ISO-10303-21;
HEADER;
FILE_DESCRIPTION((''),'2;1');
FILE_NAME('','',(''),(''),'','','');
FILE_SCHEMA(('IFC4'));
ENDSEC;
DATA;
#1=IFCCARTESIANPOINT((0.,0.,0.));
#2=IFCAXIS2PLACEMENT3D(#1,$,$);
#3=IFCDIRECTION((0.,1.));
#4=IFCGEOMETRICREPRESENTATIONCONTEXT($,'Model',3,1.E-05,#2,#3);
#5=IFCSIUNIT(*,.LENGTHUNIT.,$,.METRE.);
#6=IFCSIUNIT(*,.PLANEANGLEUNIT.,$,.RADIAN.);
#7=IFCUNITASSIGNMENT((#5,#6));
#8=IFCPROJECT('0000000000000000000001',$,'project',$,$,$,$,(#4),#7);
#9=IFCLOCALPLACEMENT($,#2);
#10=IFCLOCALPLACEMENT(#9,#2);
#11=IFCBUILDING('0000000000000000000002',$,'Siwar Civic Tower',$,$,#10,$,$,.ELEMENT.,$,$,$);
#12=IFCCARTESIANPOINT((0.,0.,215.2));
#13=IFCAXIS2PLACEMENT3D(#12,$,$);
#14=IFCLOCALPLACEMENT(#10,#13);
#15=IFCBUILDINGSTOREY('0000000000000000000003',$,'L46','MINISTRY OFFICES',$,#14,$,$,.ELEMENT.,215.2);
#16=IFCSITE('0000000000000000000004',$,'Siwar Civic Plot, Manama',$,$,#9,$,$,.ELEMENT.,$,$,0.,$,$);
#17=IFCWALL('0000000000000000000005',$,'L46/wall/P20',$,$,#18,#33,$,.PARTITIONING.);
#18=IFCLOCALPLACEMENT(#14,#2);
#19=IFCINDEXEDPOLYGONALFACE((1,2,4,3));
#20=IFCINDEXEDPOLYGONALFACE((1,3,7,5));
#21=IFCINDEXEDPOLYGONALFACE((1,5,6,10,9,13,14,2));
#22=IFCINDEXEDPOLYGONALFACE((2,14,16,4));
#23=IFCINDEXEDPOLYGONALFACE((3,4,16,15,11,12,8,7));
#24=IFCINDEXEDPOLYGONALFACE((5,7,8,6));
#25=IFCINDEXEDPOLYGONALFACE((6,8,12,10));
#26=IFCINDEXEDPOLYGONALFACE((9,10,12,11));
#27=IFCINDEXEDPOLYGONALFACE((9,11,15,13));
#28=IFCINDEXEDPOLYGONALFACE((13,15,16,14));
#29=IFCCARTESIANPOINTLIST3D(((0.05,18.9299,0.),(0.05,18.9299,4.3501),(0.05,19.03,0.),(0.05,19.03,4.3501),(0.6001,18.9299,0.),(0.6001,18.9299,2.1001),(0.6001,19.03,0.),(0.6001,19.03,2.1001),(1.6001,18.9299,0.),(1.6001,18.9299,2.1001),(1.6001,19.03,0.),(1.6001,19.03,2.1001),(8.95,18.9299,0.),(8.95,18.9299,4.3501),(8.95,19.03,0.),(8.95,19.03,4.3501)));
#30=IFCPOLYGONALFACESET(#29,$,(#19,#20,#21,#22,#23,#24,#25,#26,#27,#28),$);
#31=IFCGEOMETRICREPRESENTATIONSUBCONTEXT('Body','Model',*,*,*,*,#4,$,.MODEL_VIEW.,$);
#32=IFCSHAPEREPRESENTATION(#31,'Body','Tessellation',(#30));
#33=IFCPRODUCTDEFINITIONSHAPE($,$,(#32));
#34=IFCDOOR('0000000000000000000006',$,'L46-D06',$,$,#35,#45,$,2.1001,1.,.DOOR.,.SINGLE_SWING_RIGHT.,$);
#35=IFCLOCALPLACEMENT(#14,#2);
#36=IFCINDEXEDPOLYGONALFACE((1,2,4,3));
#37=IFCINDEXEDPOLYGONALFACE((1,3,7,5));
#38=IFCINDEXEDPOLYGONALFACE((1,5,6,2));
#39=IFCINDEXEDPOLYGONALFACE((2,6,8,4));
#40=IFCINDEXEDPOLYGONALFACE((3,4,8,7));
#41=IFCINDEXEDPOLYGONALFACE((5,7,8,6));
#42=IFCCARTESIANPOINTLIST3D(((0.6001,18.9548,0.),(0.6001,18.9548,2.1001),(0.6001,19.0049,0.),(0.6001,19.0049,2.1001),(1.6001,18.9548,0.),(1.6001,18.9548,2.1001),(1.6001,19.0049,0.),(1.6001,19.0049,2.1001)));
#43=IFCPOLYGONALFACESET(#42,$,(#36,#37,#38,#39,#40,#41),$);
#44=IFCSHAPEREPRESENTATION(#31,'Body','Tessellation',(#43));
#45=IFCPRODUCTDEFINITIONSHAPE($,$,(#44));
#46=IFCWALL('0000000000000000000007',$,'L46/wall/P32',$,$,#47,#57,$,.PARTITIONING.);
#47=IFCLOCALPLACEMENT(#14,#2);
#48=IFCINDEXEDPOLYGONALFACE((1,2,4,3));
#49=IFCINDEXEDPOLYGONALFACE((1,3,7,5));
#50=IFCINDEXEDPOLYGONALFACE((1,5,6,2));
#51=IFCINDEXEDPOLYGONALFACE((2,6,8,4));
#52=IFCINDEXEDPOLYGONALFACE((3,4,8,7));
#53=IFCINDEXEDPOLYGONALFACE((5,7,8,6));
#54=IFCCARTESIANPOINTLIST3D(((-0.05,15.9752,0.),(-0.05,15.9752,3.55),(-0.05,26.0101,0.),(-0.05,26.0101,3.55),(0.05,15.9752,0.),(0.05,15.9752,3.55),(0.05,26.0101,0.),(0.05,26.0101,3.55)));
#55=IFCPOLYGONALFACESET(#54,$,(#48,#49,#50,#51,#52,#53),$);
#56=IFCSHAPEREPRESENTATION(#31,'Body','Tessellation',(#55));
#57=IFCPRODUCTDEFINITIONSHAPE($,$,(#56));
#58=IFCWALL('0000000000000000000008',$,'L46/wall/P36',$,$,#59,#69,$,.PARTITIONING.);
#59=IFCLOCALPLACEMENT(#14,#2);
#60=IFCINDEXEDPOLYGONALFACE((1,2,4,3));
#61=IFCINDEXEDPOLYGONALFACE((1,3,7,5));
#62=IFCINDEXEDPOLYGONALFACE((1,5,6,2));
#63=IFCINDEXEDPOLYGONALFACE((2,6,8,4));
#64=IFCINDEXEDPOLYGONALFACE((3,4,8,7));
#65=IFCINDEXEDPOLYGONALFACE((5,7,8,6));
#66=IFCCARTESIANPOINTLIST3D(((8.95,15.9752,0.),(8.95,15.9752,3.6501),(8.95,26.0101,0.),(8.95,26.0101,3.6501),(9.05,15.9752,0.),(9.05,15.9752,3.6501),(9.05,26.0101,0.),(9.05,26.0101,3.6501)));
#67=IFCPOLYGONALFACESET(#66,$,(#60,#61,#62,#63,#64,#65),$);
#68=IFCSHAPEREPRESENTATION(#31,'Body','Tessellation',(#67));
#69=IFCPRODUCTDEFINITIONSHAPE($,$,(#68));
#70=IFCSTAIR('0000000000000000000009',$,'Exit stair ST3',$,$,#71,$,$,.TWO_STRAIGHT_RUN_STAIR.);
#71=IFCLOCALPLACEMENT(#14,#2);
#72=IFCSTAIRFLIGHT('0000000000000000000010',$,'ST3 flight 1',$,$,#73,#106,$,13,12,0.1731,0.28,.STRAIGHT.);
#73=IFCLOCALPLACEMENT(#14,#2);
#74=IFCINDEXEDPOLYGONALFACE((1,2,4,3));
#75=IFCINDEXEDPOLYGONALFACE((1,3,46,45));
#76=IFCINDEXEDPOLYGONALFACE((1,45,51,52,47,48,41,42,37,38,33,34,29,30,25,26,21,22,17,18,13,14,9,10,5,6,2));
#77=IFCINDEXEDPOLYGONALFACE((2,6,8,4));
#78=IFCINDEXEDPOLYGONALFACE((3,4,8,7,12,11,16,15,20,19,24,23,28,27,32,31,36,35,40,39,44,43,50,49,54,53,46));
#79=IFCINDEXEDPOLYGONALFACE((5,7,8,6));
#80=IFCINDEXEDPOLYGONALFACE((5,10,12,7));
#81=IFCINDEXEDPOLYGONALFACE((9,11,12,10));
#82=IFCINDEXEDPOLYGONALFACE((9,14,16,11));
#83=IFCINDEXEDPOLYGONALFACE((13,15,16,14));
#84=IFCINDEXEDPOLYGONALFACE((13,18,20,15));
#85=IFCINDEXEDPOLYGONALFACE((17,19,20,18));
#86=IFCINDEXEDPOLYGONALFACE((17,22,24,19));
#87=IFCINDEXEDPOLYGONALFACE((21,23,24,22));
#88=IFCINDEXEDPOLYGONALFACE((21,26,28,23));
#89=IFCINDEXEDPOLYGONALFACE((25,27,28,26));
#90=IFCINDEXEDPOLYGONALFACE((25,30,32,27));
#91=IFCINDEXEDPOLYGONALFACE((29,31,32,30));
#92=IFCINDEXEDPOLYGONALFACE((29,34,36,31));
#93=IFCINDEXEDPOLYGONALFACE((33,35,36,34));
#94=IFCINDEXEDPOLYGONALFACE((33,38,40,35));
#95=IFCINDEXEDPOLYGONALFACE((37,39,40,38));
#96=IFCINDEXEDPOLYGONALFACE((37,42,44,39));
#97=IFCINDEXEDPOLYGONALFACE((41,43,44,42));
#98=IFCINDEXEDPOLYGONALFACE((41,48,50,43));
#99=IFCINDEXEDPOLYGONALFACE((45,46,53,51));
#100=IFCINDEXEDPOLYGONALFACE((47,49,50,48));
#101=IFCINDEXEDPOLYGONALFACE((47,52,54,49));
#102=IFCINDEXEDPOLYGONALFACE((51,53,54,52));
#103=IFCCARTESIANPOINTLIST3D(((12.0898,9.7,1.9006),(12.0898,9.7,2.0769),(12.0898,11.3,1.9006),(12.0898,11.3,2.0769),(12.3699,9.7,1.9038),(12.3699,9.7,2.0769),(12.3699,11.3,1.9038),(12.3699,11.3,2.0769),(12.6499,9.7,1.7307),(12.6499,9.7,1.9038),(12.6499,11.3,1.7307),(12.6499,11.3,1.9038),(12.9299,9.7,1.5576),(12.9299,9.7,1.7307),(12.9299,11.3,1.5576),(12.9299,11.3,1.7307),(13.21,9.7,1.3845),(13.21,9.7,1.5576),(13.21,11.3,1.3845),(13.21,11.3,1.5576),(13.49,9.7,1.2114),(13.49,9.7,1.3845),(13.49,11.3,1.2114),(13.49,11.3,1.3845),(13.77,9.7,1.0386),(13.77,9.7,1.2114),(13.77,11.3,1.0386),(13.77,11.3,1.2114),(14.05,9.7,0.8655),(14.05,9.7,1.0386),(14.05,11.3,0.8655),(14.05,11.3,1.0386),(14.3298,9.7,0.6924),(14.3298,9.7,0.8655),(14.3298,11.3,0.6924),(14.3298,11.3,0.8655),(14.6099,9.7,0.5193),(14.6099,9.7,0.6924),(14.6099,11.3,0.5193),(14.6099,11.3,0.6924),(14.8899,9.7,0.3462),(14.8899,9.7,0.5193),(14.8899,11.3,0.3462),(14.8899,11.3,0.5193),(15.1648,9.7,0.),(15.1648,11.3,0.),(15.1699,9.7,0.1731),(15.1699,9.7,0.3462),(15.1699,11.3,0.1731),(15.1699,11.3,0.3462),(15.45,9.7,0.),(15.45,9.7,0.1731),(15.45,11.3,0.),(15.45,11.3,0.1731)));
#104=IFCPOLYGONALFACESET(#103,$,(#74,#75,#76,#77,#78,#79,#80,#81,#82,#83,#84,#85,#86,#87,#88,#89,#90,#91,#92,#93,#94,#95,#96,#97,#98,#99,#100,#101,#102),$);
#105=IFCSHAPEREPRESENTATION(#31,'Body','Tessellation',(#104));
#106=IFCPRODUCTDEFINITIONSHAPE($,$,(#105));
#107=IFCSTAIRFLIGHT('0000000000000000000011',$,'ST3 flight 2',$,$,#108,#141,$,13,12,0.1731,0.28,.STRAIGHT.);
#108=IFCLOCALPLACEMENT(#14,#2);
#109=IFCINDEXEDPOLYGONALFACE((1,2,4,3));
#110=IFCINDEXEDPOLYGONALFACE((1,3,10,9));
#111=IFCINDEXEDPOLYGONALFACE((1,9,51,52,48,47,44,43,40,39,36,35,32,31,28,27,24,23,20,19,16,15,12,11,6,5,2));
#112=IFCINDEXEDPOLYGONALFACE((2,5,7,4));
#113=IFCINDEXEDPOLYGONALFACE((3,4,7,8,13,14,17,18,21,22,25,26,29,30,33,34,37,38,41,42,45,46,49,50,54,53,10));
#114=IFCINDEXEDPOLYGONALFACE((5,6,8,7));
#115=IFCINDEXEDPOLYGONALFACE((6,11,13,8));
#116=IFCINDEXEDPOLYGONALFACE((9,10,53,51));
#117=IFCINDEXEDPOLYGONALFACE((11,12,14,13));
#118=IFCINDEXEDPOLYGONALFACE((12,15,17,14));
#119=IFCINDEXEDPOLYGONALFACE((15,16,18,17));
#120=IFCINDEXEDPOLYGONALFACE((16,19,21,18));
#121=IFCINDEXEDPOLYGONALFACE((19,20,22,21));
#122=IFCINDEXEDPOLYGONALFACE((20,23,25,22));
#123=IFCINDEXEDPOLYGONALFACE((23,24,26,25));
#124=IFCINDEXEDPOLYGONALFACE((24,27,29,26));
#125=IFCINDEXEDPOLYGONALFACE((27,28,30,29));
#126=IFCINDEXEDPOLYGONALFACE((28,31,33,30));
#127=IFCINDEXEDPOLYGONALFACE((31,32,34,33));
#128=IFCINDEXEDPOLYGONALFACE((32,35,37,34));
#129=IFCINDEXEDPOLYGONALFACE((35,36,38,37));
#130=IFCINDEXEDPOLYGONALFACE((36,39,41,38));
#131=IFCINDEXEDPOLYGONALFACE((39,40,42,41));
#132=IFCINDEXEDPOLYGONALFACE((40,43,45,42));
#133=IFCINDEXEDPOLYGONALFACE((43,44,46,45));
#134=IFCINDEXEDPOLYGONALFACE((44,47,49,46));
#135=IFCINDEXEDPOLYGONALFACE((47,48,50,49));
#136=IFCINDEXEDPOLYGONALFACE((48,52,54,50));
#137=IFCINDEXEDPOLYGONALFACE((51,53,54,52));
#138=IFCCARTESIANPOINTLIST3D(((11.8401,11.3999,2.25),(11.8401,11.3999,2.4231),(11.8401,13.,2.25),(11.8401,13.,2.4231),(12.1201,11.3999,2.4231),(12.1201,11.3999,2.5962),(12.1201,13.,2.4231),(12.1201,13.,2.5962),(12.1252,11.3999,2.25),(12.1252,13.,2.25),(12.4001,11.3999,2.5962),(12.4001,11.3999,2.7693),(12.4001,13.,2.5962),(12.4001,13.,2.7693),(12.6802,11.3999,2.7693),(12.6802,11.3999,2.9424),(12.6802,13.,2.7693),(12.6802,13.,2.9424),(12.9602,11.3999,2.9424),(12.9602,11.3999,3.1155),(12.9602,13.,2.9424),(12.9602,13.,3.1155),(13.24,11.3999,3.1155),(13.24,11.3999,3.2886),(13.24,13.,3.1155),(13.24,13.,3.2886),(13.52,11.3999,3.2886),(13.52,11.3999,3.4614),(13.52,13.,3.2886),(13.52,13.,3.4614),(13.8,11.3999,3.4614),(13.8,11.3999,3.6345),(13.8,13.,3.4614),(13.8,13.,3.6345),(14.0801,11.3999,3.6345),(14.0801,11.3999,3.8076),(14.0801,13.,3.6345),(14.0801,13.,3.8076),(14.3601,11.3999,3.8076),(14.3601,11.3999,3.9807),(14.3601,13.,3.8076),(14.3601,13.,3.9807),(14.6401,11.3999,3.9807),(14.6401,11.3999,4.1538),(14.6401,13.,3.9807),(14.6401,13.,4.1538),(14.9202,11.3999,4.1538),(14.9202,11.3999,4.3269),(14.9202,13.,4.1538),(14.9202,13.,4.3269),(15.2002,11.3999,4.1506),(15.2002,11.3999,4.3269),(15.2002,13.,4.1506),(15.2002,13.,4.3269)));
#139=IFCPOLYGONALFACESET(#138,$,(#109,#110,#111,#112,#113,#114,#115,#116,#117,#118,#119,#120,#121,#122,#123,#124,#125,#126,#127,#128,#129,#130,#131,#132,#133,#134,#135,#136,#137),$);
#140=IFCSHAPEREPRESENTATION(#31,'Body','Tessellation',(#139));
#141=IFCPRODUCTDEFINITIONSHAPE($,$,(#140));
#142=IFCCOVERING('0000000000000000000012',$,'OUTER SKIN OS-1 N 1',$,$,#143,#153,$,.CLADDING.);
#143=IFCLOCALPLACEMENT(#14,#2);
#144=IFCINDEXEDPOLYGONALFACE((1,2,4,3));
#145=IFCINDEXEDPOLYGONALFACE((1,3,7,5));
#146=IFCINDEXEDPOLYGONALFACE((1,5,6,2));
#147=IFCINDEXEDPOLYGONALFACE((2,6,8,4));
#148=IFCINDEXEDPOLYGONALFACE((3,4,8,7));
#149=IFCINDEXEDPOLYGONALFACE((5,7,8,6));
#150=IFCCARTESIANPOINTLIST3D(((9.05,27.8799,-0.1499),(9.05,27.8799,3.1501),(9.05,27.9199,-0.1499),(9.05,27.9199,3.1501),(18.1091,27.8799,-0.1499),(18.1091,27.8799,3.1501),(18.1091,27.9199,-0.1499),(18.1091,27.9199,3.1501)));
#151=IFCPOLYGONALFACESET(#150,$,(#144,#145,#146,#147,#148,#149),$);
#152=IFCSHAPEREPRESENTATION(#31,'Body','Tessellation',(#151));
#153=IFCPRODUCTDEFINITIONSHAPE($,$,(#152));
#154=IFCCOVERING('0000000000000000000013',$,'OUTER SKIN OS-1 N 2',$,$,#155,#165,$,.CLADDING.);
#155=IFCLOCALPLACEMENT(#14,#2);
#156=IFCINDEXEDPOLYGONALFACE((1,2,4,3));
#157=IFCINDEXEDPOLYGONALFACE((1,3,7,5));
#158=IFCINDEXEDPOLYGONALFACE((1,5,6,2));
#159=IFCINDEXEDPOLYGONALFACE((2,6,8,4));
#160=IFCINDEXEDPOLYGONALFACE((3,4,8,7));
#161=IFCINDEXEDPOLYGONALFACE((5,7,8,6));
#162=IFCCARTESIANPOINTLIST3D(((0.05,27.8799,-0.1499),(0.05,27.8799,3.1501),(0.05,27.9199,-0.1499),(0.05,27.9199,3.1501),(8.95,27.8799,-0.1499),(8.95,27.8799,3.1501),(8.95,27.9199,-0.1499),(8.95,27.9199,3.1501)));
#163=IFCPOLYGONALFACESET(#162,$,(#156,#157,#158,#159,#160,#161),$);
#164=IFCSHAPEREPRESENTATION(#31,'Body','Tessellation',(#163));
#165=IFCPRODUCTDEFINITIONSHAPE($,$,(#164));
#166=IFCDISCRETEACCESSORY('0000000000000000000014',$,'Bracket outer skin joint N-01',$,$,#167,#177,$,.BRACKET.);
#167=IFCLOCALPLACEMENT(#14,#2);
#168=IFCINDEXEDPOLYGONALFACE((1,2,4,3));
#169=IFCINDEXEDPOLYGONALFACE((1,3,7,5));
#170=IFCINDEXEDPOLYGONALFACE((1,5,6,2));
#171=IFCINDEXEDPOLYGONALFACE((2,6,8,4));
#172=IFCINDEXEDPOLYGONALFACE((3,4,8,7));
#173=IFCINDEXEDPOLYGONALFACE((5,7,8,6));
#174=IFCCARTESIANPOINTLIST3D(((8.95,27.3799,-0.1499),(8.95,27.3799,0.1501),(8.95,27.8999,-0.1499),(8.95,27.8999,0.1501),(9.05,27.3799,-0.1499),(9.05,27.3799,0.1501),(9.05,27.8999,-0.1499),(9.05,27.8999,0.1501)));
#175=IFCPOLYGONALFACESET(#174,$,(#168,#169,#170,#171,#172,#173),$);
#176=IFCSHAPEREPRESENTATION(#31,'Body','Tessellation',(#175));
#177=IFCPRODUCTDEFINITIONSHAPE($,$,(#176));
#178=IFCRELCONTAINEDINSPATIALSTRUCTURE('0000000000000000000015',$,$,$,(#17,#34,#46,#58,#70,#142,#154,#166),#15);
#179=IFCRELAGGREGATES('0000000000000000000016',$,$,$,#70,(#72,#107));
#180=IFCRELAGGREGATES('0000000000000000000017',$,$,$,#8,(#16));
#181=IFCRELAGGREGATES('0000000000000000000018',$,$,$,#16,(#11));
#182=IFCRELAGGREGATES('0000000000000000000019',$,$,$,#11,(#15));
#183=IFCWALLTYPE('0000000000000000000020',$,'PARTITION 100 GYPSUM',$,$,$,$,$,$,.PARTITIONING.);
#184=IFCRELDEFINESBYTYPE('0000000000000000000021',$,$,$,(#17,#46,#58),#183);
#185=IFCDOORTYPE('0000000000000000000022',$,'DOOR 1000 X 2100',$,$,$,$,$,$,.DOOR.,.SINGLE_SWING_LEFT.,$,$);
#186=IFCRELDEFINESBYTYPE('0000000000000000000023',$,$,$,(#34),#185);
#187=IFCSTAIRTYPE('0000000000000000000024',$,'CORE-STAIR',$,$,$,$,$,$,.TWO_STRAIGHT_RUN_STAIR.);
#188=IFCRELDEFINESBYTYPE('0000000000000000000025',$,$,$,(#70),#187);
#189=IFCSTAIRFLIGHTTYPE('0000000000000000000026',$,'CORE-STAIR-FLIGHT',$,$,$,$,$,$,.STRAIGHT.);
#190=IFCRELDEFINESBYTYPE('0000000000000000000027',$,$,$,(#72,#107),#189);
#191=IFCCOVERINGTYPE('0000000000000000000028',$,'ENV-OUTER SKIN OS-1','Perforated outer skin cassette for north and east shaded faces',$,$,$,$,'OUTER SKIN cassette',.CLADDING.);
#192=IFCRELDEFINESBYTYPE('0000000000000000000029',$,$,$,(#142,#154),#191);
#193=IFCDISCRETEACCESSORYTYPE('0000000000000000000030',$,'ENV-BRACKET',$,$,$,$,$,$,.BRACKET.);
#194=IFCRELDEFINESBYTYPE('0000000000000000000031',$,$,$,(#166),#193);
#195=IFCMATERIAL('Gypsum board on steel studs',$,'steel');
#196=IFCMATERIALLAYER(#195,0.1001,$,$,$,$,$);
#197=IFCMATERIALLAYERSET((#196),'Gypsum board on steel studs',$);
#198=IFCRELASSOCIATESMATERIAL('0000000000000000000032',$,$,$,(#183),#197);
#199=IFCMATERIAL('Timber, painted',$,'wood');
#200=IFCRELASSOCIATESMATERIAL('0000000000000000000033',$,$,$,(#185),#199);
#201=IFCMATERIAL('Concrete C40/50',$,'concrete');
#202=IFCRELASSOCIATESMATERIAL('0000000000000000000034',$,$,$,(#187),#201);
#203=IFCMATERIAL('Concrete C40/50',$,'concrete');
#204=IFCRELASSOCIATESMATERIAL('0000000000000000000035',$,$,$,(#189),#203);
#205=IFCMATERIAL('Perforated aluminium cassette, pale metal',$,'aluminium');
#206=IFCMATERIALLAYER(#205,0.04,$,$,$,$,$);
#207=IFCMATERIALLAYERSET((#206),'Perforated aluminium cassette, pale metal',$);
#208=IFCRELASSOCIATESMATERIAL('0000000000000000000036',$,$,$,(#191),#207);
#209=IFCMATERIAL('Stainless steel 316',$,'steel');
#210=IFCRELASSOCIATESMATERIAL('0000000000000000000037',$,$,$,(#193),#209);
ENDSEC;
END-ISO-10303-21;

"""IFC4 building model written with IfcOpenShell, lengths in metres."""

from ifc_helpers import new_model, si_unit, direction, frame, frame_2d, origin, origin_2d, place, context, subcontext, project, spatial, polyline, rectangle, outline, extrude, material, layer, layer_set, type_object, element, fill, aggregate, save


model = new_model("IFC4")

# Units and contexts
model_context = context("Model", 3, precision=1e-05, world=origin(), true_north=direction((0.0, 1.0)))
body_context = subcontext(model_context, "Body", "Model", "MODEL_VIEW")
ifc_project = project(units=[si_unit("LENGTHUNIT", "METRE"), si_unit("PLANEANGLEUNIT", "RADIAN")], contexts=[model_context])

# Site, building, storey
site_placement = place(None, origin())
site = spatial("IfcSite", under=ifc_project, at=site_placement, Name="Siwar Civic Plot, Manama", CompositionType="ELEMENT", RefElevation=0.0)
building_placement = place(site_placement, origin())
building = spatial("IfcBuilding", under=site, at=building_placement, Name="Siwar Civic Tower", CompositionType="ELEMENT")
storey_placement = place(building_placement, frame((0.0, 0.0, 215.2)))
storey = spatial("IfcBuildingStorey", under=building, at=storey_placement, Name="L46", Description="MINISTRY OFFICES", CompositionType="ELEMENT", Elevation=215.2)

# Wall, opening, door
ifc_material_1 = material(Name="Gypsum board on steel studs", Category="steel")
ifc_layer_1 = layer(ifc_material_1, 0.1001)
ifc_layer_set_1 = layer_set([ifc_layer_1], Name="Gypsum board on steel studs")
wall_type_1 = type_object("IfcWallType", Name="PARTITION 100 GYPSUM", PredefinedType="PARTITIONING", material=ifc_layer_set_1)
ifc_material_2 = material(Name="Timber, painted", Category="wood")
door_type = type_object("IfcDoorType", Name="DOOR 1000 X 2100", OperationType="SINGLE_SWING_LEFT", PredefinedType="DOOR", material=ifc_material_2)
wall_1_placement = place(storey_placement, frame((0.05, 18.98, 0.0), z_axis=(0.0, 0.0, 1.0), x_axis=(1.0, 0.0, 0.0)))
wall_1 = element("IfcWall", 1, at=wall_1_placement, inside=storey, type_object=wall_type_1, Name="L46/wall/P20", PredefinedType="PARTITIONING", context=body_context, shape_type="SweptSolid", body=[
    extrude(rectangle(XDim=8.8999, YDim=0.1001, at=frame_2d((4.45, 0.0))), origin(), (0.0, 0.0, 1.0), 4.3501),
])
opening_1_placement = place(wall_1_placement, frame((0.55, 0.0, 0.0)))
opening_1 = element("IfcOpeningElement", 2, at=opening_1_placement, cuts=wall_1, PredefinedType="OPENING", context=body_context, shape_type="SweptSolid", body=[
    extrude(rectangle(XDim=1.0, YDim=2.1001, at=frame_2d((0.5, 1.05))), frame((0.0, 0.0601, 0.0), z_axis=(0.0, -1.0, 0.0), x_axis=(1.0, 0.0, 0.0)), (0.0, 0.0, 1.0), 0.1201),
])
door_1_placement = place(opening_1_placement, origin())
door_1 = element("IfcDoor", 3, at=door_1_placement, inside=storey, type_object=door_type, Name="L46-D06", OperationType="SINGLE_SWING_RIGHT", OverallHeight=2.1001, OverallWidth=1.0, PredefinedType="DOOR", context=body_context, shape_type="SweptSolid", body=[
    extrude(rectangle(XDim=1.0, YDim=2.1001, at=frame_2d((0.5, 1.05))), frame((0.0, 0.0249, 0.0), z_axis=(0.0, -1.0, 0.0), x_axis=(1.0, 0.0, 0.0)), (0.0, 0.0, 1.0), 0.05),
])
fill(opening_1, door_1)

# Walls
wall_2_placement = place(storey_placement, frame((0.0, 15.9751, 0.0), z_axis=(0.0, 0.0, 1.0), x_axis=(0.0, 1.0, 0.0)))
element("IfcWall", 4, at=wall_2_placement, inside=storey, type_object=wall_type_1, Name="L46/wall/P32", PredefinedType="PARTITIONING", context=body_context, shape_type="SweptSolid", body=[
    extrude(rectangle(XDim=10.0349, YDim=0.1001, at=frame_2d((5.0176, 0.0))), origin(), (0.0, 0.0, 1.0), 3.55),
])
wall_3_placement = place(storey_placement, frame((9.0, 15.9751, 0.0), z_axis=(0.0, 0.0, 1.0), x_axis=(0.0, 1.0, 0.0)))
element("IfcWall", 5, at=wall_3_placement, inside=storey, type_object=wall_type_1, Name="L46/wall/P36", PredefinedType="PARTITIONING", context=body_context, shape_type="SweptSolid", body=[
    extrude(rectangle(XDim=10.0349, YDim=0.1001, at=frame_2d((5.0176, 0.0))), origin(), (0.0, 0.0, 1.0), 3.6501),
])

# Stair, stair flights
ifc_material_3 = material(Name="Concrete C40/50", Category="concrete")
stair_type = type_object("IfcStairType", Name="CORE-STAIR", PredefinedType="TWO_STRAIGHT_RUN_STAIR", material=ifc_material_3)
stair_placement = place(storey_placement, origin())
stair = element("IfcStair", 6, at=stair_placement, inside=storey, type_object=stair_type, Name="Exit stair ST3", PredefinedType="TWO_STRAIGHT_RUN_STAIR")
ifc_material_4 = material(Name="Concrete C40/50", Category="concrete")
stair_flight_type = type_object("IfcStairFlightType", Name="CORE-STAIR-FLIGHT", PredefinedType="STRAIGHT", material=ifc_material_4)
stair_flight_1_placement = place(storey_placement, frame((15.45, 10.5, 0.0), z_axis=(0.0, 0.0, 1.0), x_axis=(-1.0, 0.0, 0.0)))
stair_flight_1 = element("IfcStairFlight", 7, at=stair_flight_1_placement, type_object=stair_flight_type, Name="ST3 flight 1", NumberOfRisers=13, NumberOfTreads=12, PredefinedType="STRAIGHT", RiserHeight=0.1731, TreadLength=0.28, context=body_context, shape_type="SweptSolid", body=[
    extrude(outline(polyline([(0.0, 0.0), (0.0, 0.1731), (0.28, 0.1731), (0.28, 0.3462), (0.5601, 0.3462), (0.5601, 0.5193), (0.8401, 0.5193), (0.8401, 0.6924), (1.1201, 0.6924), (1.1201, 0.8655), (1.3999, 0.8655), (1.3999, 1.0386), (1.6799, 1.0386), (1.6799, 1.2114), (1.96, 1.2114), (1.96, 1.3845), (2.24, 1.3845), (2.24, 1.5576), (2.52, 1.5576), (2.52, 1.7307), (2.8, 1.7307), (2.8, 1.9038), (3.0801, 1.9038), (3.0801, 2.0769), (3.3601, 2.0769), (3.3601, 2.25), (3.3601, 1.9006), (0.2852, 0.0), (0.0, 0.0)])), frame((0.0, 0.8, 0.0), z_axis=(0.0, -1.0, 0.0), x_axis=(1.0, 0.0, 0.0)), (0.0, 0.0, 1.0), 1.6001),
])
stair_flight_2_placement = place(storey_placement, frame((11.8401, 12.2, 2.25), z_axis=(0.0, 0.0, 1.0), x_axis=(1.0, 0.0, 0.0)))
stair_flight_2 = element("IfcStairFlight", 8, at=stair_flight_2_placement, type_object=stair_flight_type, Name="ST3 flight 2", NumberOfRisers=13, NumberOfTreads=12, PredefinedType="STRAIGHT", RiserHeight=0.1731, TreadLength=0.28, context=body_context, shape_type="SweptSolid", body=[
    extrude(outline(polyline([(0.0, 0.0), (0.0, 0.1731), (0.28, 0.1731), (0.28, 0.3462), (0.5601, 0.3462), (0.5601, 0.5193), (0.8401, 0.5193), (0.8401, 0.6924), (1.1201, 0.6924), (1.1201, 0.8655), (1.3999, 0.8655), (1.3999, 1.0386), (1.6799, 1.0386), (1.6799, 1.2114), (1.96, 1.2114), (1.96, 1.3845), (2.24, 1.3845), (2.24, 1.5576), (2.52, 1.5576), (2.52, 1.7307), (2.8, 1.7307), (2.8, 1.9038), (3.0801, 1.9038), (3.0801, 2.0769), (3.3601, 2.0769), (3.3601, 2.25), (3.3601, 1.9006), (0.2852, 0.0), (0.0, 0.0)])), frame((0.0, 0.8, 0.0), z_axis=(0.0, -1.0, 0.0), x_axis=(1.0, 0.0, 0.0)), (0.0, 0.0, 1.0), 1.6001),
])
aggregate(stair, [stair_flight_1, stair_flight_2])

# Coverings
ifc_material_5 = material(Name="Perforated aluminium cassette, pale metal", Category="aluminium")
ifc_layer_2 = layer(ifc_material_5, 0.04)
ifc_layer_set_2 = layer_set([ifc_layer_2], Name="Perforated aluminium cassette, pale metal")
covering_type = type_object("IfcCoveringType", Name="ENV-OUTER SKIN OS-1", Description="Perforated outer skin cassette for north and east shaded faces", ElementType="OUTER SKIN cassette", PredefinedType="CLADDING", material=ifc_layer_set_2)
covering_1_placement = place(storey_placement, frame((13.5796, 27.8999, -0.1499), z_axis=(0.0, 0.0, 1.0), x_axis=(-1.0, 0.0, 0.0)))
element("IfcCovering", 9, at=covering_1_placement, inside=storey, type_object=covering_type, Name="OUTER SKIN OS-1 N 1", PredefinedType="CLADDING", context=body_context, shape_type="SweptSolid", body=[
    extrude(rectangle(XDim=9.0591, YDim=0.04, at=origin_2d()), origin(), (0.0, 0.0, 1.0), 3.3),
])
covering_2_placement = place(storey_placement, frame((4.5, 27.8999, -0.1499), z_axis=(0.0, 0.0, 1.0), x_axis=(-1.0, 0.0, 0.0)))
element("IfcCovering", 10, at=covering_2_placement, inside=storey, type_object=covering_type, Name="OUTER SKIN OS-1 N 2", PredefinedType="CLADDING", context=body_context, shape_type="SweptSolid", body=[
    extrude(rectangle(XDim=8.8999, YDim=0.04, at=origin_2d()), origin(), (0.0, 0.0, 1.0), 3.3),
])

# Discrete accessory
ifc_material_6 = material(Name="Stainless steel 316", Category="steel")
discrete_accessory_type = type_object("IfcDiscreteAccessoryType", Name="ENV-BRACKET", PredefinedType="BRACKET", material=ifc_material_6)
for number, where, z_axis, x_axis, name in (
    (11, (9.0, 27.6399, -0.1499), (0.0, 0.0, 1.0), (0.0, 1.0, 0.0), "Bracket outer skin joint N-01"),
):
    element("IfcDiscreteAccessory", number, at=place(storey_placement, frame(where, z_axis=z_axis, x_axis=x_axis)), inside=storey, type_object=discrete_accessory_type, Name=name, PredefinedType="BRACKET", context=body_context, shape_type="SweptSolid", body=[
        extrude(rectangle(XDim=0.52, YDim=0.1001, at=origin_2d()), origin(), (0.0, 0.0, 1.0), 0.3),
    ])

save(model, "model.ifc")
